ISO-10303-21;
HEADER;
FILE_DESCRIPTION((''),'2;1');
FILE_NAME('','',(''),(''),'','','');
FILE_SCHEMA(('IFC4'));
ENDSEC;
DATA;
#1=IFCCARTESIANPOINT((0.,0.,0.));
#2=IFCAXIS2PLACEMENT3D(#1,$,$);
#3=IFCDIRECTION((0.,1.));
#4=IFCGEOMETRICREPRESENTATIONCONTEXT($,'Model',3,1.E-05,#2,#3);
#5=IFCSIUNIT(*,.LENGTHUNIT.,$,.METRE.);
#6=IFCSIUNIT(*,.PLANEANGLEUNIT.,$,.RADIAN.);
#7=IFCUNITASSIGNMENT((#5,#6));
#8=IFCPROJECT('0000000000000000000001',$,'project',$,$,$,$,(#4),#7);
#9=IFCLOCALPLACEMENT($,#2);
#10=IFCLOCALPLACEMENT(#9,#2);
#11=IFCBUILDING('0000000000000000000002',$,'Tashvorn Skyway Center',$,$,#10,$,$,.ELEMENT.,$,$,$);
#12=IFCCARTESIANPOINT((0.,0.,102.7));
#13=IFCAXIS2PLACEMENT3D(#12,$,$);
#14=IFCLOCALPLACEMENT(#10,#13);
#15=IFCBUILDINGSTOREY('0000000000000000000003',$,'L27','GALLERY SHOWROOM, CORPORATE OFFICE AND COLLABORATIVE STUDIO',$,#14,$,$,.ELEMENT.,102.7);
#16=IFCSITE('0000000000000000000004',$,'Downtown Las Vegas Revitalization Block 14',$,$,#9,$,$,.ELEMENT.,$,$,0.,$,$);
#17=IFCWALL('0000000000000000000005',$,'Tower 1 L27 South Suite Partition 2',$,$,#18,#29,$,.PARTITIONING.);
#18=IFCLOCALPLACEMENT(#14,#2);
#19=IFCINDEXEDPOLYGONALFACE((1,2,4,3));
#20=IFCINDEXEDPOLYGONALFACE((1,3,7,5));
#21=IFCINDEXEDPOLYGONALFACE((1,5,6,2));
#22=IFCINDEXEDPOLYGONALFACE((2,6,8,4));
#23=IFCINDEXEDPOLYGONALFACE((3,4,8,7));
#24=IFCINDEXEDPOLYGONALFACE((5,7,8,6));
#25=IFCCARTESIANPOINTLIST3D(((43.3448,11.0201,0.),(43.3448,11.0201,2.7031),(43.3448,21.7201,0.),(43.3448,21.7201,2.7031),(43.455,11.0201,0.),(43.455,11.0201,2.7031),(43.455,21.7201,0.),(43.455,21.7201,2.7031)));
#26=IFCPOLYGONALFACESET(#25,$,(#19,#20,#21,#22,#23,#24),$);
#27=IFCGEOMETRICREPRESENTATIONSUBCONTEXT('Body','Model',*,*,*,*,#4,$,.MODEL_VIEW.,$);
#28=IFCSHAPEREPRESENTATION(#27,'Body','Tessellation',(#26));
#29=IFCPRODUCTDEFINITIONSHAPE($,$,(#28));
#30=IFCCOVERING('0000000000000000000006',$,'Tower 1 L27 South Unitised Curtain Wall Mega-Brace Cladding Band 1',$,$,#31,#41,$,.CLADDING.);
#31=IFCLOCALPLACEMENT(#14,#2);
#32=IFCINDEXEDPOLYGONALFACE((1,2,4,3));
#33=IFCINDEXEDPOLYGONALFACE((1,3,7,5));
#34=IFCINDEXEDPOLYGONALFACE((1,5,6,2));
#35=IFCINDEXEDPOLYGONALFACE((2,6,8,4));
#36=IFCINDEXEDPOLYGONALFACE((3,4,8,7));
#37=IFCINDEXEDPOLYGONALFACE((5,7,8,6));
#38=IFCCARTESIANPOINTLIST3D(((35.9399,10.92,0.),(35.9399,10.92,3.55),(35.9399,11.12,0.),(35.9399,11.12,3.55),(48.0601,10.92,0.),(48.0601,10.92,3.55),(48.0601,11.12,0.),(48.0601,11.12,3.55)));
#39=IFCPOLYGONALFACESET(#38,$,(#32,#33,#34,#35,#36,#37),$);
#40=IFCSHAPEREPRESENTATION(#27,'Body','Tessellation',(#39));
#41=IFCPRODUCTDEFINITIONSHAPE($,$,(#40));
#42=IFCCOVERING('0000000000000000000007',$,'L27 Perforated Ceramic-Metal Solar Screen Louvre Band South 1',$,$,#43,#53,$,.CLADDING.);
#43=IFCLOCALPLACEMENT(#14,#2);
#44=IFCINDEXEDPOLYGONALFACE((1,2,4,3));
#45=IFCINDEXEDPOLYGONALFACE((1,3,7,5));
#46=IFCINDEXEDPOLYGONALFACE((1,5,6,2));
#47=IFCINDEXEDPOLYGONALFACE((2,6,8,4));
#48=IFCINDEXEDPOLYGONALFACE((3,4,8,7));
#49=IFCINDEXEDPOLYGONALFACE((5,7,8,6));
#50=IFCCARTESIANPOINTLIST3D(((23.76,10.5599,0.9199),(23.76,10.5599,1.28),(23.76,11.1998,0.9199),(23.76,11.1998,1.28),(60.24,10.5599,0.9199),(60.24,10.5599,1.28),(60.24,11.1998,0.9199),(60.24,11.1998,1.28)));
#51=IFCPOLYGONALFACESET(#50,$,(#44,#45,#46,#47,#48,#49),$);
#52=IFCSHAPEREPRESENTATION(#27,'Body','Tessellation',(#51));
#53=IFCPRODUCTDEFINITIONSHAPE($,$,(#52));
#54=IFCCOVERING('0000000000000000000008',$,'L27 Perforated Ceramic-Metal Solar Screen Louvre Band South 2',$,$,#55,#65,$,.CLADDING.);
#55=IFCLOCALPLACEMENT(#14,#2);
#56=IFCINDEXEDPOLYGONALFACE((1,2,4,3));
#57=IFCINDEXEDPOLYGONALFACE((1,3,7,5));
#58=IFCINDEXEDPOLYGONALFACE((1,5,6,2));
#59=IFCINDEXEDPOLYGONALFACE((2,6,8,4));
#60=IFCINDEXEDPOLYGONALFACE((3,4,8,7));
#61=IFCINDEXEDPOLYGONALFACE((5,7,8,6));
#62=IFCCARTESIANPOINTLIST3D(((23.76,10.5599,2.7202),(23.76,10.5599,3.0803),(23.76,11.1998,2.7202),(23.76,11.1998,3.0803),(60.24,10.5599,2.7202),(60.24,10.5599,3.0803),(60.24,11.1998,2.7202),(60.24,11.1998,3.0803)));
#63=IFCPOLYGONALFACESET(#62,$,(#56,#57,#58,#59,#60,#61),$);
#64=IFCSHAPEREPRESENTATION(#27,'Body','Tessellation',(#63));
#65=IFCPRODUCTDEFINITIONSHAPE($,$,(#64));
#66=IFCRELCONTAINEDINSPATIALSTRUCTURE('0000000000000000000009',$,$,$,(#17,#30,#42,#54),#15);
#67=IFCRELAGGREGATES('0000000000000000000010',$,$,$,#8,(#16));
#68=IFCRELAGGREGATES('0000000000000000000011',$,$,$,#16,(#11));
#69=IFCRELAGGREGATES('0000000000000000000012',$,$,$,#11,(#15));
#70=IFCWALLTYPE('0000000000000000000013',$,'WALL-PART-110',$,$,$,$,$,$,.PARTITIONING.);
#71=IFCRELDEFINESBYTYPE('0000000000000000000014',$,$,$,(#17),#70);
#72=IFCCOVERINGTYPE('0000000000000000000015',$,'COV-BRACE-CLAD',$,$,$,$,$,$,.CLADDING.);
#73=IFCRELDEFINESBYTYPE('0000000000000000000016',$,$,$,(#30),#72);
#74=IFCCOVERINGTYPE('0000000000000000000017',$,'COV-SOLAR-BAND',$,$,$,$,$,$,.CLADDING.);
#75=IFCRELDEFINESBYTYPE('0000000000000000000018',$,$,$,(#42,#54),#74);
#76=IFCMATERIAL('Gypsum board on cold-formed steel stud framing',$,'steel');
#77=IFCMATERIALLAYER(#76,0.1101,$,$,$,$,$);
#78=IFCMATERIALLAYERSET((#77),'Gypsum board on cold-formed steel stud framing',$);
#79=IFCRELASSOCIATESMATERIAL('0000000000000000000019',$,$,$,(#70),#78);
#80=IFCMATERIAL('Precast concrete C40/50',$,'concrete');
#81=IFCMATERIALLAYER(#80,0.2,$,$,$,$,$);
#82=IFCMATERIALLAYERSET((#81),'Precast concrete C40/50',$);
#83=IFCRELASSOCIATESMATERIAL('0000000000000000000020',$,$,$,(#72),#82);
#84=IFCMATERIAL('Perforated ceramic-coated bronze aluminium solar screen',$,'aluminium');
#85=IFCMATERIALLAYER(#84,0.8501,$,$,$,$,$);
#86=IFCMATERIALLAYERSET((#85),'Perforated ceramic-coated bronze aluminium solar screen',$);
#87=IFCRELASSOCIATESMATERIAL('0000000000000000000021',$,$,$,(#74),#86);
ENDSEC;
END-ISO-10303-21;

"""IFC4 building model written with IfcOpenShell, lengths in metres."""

from ifc_helpers import new_model, si_unit, direction, frame, frame_2d, origin, origin_2d, place, context, subcontext, project, spatial, rectangle, extrude, material, layer, layer_set, type_object, element, save


model = new_model("IFC4")

# Units and contexts
model_context = context("Model", 3, precision=1e-05, world=origin(), true_north=direction((0.0, 1.0)))
body_context = subcontext(model_context, "Body", "Model", "MODEL_VIEW")
ifc_project = project(units=[si_unit("LENGTHUNIT", "METRE"), si_unit("PLANEANGLEUNIT", "RADIAN")], contexts=[model_context])

# Site, building, storey
site_placement = place(None, origin())
site = spatial("IfcSite", under=ifc_project, at=site_placement, Name="Downtown Las Vegas Revitalization Block 14", CompositionType="ELEMENT", RefElevation=0.0)
building_placement = place(site_placement, origin())
building = spatial("IfcBuilding", under=site, at=building_placement, Name="Tashvorn Skyway Center", CompositionType="ELEMENT")
storey_placement = place(building_placement, frame((0.0, 0.0, 102.7)))
storey = spatial("IfcBuildingStorey", under=building, at=storey_placement, Name="L27", Description="GALLERY SHOWROOM, CORPORATE OFFICE AND COLLABORATIVE STUDIO", CompositionType="ELEMENT", Elevation=102.7)

# Wall
ifc_material_1 = material(Name="Gypsum board on cold-formed steel stud framing", Category="steel")
ifc_layer_1 = layer(ifc_material_1, 0.1101)
ifc_layer_set_1 = layer_set([ifc_layer_1], Name="Gypsum board on cold-formed steel stud framing")
wall_type = type_object("IfcWallType", Name="WALL-PART-110", PredefinedType="PARTITIONING", material=ifc_layer_set_1)
wall_placement = place(storey_placement, frame((43.3999, 11.02, 0.0), z_axis=(0.0, 0.0, 1.0), x_axis=(0.0, 1.0, 0.0)))
element("IfcWall", 1, at=wall_placement, inside=storey, type_object=wall_type, Name="Tower 1 L27 South Suite Partition 2", PredefinedType="PARTITIONING", context=body_context, shape_type="SweptSolid", body=[
    extrude(rectangle(XDim=10.7, YDim=0.1101, at=frame_2d((5.3501, 0.0))), origin(), (0.0, 0.0, 1.0), 2.7031),
])

# Coverings
ifc_material_2 = material(Name="Precast concrete C40/50", Category="concrete")
ifc_layer_2 = layer(ifc_material_2, 0.2)
ifc_layer_set_2 = layer_set([ifc_layer_2], Name="Precast concrete C40/50")
covering_type_1 = type_object("IfcCoveringType", Name="COV-BRACE-CLAD", PredefinedType="CLADDING", material=ifc_layer_set_2)
covering_placement = place(storey_placement, frame((42.0, 11.02, 0.0), z_axis=(0.0, 0.0, 1.0), x_axis=(-1.0, 0.0, 0.0)))
element("IfcCovering", 2, at=covering_placement, inside=storey, type_object=covering_type_1, Name="Tower 1 L27 South Unitised Curtain Wall Mega-Brace Cladding Band 1", PredefinedType="CLADDING", context=body_context, shape_type="SweptSolid", body=[
    extrude(rectangle(XDim=12.1201, YDim=0.2, at=origin_2d()), origin(), (0.0, 0.0, 1.0), 3.55),
])
ifc_material_3 = material(Name="Perforated ceramic-coated bronze aluminium solar screen", Category="aluminium")
ifc_layer_3 = layer(ifc_material_3, 0.8501)
ifc_layer_set_3 = layer_set([ifc_layer_3], Name="Perforated ceramic-coated bronze aluminium solar screen")
covering_type_2 = type_object("IfcCoveringType", Name="COV-SOLAR-BAND", PredefinedType="CLADDING", material=ifc_layer_set_3)
for number, where, z_axis, x_axis, name in (
    (3, (42.0, 10.8799, 0.9199), (0.0, 0.0, 1.0), (-1.0, 0.0, 0.0), "L27 Perforated Ceramic-Metal Solar Screen Louvre Band South 1"),
    (4, (42.0, 10.8799, 2.7202), (0.0, 0.0, 1.0), (-1.0, 0.0, 0.0), "L27 Perforated Ceramic-Metal Solar Screen Louvre Band South 2"),
):
    element("IfcCovering", number, at=place(storey_placement, frame(where, z_axis=z_axis, x_axis=x_axis)), inside=storey, type_object=covering_type_2, Name=name, PredefinedType="CLADDING", context=body_context, shape_type="SweptSolid", body=[
        extrude(rectangle(XDim=36.48, YDim=0.6399, at=origin_2d()), origin(), (0.0, 0.0, 1.0), 0.3601),
    ])

save(model, "model.ifc")
